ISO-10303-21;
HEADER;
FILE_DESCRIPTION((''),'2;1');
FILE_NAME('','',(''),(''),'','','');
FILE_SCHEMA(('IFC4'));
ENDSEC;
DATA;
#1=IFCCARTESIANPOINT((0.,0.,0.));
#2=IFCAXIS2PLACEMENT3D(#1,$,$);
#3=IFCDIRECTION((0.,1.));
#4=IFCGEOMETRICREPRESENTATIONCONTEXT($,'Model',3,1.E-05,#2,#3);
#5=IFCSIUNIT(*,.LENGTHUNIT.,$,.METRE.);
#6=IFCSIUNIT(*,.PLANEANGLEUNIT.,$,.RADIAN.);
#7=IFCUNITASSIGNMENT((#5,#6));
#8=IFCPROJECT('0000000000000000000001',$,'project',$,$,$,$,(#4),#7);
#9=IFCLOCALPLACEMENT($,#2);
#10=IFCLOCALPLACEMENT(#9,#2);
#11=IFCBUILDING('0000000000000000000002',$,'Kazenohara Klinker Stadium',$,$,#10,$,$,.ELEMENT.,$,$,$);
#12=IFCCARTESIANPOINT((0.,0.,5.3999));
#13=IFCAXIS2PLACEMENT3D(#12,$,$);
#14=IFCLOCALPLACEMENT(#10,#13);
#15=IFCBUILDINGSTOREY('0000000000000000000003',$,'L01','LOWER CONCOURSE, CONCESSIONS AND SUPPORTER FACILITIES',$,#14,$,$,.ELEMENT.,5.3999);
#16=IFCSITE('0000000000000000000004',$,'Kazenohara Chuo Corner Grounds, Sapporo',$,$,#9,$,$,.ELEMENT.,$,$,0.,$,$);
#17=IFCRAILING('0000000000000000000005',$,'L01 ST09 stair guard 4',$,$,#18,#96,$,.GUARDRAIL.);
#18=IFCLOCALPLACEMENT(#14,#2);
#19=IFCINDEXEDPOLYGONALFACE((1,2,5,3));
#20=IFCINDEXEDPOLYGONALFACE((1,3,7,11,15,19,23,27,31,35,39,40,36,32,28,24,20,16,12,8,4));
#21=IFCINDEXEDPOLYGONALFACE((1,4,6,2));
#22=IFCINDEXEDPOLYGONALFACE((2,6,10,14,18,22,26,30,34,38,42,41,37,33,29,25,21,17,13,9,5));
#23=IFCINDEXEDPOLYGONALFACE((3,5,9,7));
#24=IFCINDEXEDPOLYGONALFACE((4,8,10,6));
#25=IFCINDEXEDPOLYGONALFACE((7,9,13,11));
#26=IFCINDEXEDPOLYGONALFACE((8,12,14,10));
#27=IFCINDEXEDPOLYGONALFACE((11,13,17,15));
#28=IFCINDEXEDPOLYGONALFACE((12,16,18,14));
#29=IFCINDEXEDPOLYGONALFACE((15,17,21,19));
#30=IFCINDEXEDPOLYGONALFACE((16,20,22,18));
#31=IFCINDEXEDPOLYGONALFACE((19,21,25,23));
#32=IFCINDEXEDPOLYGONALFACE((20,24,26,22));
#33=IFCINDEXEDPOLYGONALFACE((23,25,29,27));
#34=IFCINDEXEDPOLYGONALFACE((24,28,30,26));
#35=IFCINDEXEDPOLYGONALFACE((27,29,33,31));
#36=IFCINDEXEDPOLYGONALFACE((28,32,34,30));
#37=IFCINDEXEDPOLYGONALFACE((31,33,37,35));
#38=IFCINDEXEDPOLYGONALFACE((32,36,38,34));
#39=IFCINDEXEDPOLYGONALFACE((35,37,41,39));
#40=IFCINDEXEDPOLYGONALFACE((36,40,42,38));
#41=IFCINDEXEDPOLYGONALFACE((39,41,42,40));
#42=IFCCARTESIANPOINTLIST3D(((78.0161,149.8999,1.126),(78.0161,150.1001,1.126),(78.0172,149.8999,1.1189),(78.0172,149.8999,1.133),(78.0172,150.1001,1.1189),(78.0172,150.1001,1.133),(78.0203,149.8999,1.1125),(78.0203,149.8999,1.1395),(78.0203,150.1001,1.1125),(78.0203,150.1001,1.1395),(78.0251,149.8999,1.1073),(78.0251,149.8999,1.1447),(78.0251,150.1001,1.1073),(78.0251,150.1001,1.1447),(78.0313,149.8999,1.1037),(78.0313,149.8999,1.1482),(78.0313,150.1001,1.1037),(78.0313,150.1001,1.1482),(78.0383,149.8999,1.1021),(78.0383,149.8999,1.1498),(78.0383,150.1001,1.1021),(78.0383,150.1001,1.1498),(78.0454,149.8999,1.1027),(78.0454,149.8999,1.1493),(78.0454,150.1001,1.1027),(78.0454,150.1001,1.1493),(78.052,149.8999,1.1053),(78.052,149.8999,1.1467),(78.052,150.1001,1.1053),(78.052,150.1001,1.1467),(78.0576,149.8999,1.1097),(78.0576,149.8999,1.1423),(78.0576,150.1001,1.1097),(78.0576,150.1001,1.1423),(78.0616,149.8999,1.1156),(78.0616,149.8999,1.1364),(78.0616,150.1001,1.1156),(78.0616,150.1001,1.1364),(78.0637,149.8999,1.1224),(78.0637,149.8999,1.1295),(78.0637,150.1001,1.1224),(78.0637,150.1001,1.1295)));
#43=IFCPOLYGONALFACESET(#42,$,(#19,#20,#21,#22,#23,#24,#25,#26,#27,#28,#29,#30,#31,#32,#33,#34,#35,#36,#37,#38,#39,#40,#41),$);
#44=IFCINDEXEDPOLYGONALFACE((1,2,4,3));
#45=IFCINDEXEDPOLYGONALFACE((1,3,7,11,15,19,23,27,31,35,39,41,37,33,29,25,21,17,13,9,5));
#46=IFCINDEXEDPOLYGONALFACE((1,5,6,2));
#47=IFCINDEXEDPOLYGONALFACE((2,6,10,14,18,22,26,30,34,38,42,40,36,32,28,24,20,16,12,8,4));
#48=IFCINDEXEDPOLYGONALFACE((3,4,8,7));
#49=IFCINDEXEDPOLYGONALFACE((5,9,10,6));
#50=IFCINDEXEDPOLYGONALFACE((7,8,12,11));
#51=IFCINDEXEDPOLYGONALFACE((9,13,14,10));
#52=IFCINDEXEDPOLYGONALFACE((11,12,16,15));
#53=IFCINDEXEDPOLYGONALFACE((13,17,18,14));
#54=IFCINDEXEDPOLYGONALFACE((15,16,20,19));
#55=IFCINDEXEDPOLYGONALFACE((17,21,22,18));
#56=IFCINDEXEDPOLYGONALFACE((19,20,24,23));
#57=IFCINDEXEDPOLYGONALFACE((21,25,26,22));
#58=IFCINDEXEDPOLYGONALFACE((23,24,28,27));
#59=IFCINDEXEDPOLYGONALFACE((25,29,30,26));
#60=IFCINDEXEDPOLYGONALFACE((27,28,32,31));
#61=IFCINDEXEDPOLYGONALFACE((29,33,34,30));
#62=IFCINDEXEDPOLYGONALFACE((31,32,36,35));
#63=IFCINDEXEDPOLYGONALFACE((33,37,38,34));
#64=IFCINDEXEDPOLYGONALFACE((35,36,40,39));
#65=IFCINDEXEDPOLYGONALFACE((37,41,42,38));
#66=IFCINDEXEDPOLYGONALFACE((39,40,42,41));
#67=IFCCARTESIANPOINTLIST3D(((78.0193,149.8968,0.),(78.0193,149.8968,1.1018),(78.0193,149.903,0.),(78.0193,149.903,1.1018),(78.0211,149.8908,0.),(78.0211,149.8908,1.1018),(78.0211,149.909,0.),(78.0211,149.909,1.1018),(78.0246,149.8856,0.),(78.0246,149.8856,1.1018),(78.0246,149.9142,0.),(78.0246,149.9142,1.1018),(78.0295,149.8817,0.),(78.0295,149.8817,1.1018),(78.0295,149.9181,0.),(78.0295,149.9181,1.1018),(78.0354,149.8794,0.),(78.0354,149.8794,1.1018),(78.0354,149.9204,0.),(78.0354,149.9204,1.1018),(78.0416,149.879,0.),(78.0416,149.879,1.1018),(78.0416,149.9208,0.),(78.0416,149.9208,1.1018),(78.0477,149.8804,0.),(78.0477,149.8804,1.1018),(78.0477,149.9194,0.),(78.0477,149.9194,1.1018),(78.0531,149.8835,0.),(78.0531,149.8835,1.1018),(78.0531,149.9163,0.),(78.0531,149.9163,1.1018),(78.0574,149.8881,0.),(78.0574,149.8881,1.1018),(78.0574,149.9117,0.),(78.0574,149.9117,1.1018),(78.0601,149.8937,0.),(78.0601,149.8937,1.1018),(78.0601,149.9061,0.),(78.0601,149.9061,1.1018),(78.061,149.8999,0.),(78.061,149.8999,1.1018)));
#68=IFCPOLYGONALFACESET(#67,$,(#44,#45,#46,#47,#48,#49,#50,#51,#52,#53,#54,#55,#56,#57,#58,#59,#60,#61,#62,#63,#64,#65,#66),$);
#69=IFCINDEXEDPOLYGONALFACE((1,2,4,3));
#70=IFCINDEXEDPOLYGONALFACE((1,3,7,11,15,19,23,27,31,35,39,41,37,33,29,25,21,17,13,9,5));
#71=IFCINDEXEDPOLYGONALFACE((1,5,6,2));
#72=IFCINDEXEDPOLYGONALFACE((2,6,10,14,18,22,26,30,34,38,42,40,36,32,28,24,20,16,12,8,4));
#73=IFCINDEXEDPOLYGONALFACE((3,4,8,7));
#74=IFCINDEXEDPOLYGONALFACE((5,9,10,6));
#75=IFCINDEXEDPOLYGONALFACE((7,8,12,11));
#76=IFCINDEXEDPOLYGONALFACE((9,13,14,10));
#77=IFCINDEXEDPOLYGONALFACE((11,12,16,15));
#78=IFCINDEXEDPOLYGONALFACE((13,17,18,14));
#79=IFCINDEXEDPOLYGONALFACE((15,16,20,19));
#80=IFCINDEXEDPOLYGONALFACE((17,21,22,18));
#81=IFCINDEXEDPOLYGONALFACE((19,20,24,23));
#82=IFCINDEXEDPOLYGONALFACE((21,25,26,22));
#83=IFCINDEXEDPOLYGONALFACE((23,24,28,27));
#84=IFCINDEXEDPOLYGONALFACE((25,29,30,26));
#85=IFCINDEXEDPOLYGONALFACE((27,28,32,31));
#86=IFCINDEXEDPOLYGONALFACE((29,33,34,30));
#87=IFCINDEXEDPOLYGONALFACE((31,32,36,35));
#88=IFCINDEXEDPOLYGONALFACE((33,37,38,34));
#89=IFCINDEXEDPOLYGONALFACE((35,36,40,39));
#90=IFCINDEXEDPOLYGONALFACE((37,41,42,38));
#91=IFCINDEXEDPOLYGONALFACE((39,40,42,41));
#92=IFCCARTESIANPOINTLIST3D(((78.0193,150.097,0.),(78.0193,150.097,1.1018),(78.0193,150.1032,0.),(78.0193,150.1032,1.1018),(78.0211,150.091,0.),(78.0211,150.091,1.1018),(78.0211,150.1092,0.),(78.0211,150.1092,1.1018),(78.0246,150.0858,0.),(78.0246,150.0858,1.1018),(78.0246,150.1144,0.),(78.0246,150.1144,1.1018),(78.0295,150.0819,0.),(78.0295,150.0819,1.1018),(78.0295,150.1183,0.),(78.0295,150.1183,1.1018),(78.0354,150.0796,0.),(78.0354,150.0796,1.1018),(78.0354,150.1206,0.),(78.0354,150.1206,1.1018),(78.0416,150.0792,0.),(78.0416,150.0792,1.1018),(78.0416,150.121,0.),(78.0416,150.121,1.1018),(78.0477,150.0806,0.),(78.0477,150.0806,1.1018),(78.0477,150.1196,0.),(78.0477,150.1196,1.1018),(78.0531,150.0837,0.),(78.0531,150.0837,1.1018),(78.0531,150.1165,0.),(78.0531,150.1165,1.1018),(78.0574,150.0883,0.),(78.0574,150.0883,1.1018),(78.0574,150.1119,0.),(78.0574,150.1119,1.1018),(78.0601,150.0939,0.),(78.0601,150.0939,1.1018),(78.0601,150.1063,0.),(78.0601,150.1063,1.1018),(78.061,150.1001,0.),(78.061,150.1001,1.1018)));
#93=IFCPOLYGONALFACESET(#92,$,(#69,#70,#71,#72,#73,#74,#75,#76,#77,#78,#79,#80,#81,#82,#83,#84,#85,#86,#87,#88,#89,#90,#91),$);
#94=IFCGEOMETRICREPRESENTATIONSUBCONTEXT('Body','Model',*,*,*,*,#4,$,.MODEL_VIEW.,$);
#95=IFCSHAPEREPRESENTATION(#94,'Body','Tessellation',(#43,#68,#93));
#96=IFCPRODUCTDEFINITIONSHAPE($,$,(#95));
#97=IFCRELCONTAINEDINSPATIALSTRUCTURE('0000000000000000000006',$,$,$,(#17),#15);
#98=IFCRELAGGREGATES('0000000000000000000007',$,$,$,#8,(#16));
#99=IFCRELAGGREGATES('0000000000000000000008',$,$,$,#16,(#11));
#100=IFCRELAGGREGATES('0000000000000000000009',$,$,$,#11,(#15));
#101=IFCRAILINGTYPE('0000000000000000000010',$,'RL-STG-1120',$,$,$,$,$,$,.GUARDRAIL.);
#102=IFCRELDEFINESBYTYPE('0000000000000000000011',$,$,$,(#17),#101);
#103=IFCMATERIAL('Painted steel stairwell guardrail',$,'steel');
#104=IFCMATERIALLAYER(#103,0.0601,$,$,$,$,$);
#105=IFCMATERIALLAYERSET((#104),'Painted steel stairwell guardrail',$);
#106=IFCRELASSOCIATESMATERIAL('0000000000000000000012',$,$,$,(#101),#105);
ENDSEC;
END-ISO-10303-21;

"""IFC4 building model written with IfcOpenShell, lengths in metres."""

from ifc_helpers import new_model, si_unit, direction, frame, origin, origin_2d, place, context, subcontext, project, spatial, circle, extrude, material, layer, layer_set, type_object, element, save


model = new_model("IFC4")

# Units and contexts
model_context = context("Model", 3, precision=1e-05, world=origin(), true_north=direction((0.0, 1.0)))
body_context = subcontext(model_context, "Body", "Model", "MODEL_VIEW")
ifc_project = project(units=[si_unit("LENGTHUNIT", "METRE"), si_unit("PLANEANGLEUNIT", "RADIAN")], contexts=[model_context])

# Site, building, storey
site_placement = place(None, origin())
site = spatial("IfcSite", under=ifc_project, at=site_placement, Name="Kazenohara Chuo Corner Grounds, Sapporo", CompositionType="ELEMENT", RefElevation=0.0)
building_placement = place(site_placement, origin())
building = spatial("IfcBuilding", under=site, at=building_placement, Name="Kazenohara Klinker Stadium", CompositionType="ELEMENT")
storey_placement = place(building_placement, frame((0.0, 0.0, 5.3999)))
storey = spatial("IfcBuildingStorey", under=building, at=storey_placement, Name="L01", Description="LOWER CONCOURSE, CONCESSIONS AND SUPPORTER FACILITIES", CompositionType="ELEMENT", Elevation=5.3999)

# Railing
ifc_material_1 = material(Name="Painted steel stairwell guardrail", Category="steel")
ifc_layer_1 = layer(ifc_material_1, 0.0601)
ifc_layer_set_1 = layer_set([ifc_layer_1], Name="Painted steel stairwell guardrail")
railing_type_1 = type_object("IfcRailingType", Name="RL-STG-1120", PredefinedType="GUARDRAIL", material=ifc_layer_set_1)
railing_1_placement = place(storey_placement, frame((78.04, 149.8999, 0.0)))
element("IfcRailing", 1, at=railing_1_placement, inside=storey, type_object=railing_type_1, Name="L01 ST09 stair guard 4", PredefinedType="GUARDRAIL", context=body_context, shape_type="SweptSolid", body=[
    extrude(circle(Radius=0.0239, at=origin_2d()), frame((0.0, 0.0, 1.126), z_axis=(0.0, 1.0, 0.0), x_axis=(-1.0, 0.0, 0.0)), (0.0, 0.0, 1.0), 0.2002),
    extrude(circle(Radius=0.021, at=origin_2d()), origin(), (0.0, 0.0, 1.0), 1.1018),
    extrude(circle(Radius=0.021, at=origin_2d()), frame((0.0, 0.2002, 0.0)), (0.0, 0.0, 1.0), 1.1018),
])

save(model, "model.ifc")
